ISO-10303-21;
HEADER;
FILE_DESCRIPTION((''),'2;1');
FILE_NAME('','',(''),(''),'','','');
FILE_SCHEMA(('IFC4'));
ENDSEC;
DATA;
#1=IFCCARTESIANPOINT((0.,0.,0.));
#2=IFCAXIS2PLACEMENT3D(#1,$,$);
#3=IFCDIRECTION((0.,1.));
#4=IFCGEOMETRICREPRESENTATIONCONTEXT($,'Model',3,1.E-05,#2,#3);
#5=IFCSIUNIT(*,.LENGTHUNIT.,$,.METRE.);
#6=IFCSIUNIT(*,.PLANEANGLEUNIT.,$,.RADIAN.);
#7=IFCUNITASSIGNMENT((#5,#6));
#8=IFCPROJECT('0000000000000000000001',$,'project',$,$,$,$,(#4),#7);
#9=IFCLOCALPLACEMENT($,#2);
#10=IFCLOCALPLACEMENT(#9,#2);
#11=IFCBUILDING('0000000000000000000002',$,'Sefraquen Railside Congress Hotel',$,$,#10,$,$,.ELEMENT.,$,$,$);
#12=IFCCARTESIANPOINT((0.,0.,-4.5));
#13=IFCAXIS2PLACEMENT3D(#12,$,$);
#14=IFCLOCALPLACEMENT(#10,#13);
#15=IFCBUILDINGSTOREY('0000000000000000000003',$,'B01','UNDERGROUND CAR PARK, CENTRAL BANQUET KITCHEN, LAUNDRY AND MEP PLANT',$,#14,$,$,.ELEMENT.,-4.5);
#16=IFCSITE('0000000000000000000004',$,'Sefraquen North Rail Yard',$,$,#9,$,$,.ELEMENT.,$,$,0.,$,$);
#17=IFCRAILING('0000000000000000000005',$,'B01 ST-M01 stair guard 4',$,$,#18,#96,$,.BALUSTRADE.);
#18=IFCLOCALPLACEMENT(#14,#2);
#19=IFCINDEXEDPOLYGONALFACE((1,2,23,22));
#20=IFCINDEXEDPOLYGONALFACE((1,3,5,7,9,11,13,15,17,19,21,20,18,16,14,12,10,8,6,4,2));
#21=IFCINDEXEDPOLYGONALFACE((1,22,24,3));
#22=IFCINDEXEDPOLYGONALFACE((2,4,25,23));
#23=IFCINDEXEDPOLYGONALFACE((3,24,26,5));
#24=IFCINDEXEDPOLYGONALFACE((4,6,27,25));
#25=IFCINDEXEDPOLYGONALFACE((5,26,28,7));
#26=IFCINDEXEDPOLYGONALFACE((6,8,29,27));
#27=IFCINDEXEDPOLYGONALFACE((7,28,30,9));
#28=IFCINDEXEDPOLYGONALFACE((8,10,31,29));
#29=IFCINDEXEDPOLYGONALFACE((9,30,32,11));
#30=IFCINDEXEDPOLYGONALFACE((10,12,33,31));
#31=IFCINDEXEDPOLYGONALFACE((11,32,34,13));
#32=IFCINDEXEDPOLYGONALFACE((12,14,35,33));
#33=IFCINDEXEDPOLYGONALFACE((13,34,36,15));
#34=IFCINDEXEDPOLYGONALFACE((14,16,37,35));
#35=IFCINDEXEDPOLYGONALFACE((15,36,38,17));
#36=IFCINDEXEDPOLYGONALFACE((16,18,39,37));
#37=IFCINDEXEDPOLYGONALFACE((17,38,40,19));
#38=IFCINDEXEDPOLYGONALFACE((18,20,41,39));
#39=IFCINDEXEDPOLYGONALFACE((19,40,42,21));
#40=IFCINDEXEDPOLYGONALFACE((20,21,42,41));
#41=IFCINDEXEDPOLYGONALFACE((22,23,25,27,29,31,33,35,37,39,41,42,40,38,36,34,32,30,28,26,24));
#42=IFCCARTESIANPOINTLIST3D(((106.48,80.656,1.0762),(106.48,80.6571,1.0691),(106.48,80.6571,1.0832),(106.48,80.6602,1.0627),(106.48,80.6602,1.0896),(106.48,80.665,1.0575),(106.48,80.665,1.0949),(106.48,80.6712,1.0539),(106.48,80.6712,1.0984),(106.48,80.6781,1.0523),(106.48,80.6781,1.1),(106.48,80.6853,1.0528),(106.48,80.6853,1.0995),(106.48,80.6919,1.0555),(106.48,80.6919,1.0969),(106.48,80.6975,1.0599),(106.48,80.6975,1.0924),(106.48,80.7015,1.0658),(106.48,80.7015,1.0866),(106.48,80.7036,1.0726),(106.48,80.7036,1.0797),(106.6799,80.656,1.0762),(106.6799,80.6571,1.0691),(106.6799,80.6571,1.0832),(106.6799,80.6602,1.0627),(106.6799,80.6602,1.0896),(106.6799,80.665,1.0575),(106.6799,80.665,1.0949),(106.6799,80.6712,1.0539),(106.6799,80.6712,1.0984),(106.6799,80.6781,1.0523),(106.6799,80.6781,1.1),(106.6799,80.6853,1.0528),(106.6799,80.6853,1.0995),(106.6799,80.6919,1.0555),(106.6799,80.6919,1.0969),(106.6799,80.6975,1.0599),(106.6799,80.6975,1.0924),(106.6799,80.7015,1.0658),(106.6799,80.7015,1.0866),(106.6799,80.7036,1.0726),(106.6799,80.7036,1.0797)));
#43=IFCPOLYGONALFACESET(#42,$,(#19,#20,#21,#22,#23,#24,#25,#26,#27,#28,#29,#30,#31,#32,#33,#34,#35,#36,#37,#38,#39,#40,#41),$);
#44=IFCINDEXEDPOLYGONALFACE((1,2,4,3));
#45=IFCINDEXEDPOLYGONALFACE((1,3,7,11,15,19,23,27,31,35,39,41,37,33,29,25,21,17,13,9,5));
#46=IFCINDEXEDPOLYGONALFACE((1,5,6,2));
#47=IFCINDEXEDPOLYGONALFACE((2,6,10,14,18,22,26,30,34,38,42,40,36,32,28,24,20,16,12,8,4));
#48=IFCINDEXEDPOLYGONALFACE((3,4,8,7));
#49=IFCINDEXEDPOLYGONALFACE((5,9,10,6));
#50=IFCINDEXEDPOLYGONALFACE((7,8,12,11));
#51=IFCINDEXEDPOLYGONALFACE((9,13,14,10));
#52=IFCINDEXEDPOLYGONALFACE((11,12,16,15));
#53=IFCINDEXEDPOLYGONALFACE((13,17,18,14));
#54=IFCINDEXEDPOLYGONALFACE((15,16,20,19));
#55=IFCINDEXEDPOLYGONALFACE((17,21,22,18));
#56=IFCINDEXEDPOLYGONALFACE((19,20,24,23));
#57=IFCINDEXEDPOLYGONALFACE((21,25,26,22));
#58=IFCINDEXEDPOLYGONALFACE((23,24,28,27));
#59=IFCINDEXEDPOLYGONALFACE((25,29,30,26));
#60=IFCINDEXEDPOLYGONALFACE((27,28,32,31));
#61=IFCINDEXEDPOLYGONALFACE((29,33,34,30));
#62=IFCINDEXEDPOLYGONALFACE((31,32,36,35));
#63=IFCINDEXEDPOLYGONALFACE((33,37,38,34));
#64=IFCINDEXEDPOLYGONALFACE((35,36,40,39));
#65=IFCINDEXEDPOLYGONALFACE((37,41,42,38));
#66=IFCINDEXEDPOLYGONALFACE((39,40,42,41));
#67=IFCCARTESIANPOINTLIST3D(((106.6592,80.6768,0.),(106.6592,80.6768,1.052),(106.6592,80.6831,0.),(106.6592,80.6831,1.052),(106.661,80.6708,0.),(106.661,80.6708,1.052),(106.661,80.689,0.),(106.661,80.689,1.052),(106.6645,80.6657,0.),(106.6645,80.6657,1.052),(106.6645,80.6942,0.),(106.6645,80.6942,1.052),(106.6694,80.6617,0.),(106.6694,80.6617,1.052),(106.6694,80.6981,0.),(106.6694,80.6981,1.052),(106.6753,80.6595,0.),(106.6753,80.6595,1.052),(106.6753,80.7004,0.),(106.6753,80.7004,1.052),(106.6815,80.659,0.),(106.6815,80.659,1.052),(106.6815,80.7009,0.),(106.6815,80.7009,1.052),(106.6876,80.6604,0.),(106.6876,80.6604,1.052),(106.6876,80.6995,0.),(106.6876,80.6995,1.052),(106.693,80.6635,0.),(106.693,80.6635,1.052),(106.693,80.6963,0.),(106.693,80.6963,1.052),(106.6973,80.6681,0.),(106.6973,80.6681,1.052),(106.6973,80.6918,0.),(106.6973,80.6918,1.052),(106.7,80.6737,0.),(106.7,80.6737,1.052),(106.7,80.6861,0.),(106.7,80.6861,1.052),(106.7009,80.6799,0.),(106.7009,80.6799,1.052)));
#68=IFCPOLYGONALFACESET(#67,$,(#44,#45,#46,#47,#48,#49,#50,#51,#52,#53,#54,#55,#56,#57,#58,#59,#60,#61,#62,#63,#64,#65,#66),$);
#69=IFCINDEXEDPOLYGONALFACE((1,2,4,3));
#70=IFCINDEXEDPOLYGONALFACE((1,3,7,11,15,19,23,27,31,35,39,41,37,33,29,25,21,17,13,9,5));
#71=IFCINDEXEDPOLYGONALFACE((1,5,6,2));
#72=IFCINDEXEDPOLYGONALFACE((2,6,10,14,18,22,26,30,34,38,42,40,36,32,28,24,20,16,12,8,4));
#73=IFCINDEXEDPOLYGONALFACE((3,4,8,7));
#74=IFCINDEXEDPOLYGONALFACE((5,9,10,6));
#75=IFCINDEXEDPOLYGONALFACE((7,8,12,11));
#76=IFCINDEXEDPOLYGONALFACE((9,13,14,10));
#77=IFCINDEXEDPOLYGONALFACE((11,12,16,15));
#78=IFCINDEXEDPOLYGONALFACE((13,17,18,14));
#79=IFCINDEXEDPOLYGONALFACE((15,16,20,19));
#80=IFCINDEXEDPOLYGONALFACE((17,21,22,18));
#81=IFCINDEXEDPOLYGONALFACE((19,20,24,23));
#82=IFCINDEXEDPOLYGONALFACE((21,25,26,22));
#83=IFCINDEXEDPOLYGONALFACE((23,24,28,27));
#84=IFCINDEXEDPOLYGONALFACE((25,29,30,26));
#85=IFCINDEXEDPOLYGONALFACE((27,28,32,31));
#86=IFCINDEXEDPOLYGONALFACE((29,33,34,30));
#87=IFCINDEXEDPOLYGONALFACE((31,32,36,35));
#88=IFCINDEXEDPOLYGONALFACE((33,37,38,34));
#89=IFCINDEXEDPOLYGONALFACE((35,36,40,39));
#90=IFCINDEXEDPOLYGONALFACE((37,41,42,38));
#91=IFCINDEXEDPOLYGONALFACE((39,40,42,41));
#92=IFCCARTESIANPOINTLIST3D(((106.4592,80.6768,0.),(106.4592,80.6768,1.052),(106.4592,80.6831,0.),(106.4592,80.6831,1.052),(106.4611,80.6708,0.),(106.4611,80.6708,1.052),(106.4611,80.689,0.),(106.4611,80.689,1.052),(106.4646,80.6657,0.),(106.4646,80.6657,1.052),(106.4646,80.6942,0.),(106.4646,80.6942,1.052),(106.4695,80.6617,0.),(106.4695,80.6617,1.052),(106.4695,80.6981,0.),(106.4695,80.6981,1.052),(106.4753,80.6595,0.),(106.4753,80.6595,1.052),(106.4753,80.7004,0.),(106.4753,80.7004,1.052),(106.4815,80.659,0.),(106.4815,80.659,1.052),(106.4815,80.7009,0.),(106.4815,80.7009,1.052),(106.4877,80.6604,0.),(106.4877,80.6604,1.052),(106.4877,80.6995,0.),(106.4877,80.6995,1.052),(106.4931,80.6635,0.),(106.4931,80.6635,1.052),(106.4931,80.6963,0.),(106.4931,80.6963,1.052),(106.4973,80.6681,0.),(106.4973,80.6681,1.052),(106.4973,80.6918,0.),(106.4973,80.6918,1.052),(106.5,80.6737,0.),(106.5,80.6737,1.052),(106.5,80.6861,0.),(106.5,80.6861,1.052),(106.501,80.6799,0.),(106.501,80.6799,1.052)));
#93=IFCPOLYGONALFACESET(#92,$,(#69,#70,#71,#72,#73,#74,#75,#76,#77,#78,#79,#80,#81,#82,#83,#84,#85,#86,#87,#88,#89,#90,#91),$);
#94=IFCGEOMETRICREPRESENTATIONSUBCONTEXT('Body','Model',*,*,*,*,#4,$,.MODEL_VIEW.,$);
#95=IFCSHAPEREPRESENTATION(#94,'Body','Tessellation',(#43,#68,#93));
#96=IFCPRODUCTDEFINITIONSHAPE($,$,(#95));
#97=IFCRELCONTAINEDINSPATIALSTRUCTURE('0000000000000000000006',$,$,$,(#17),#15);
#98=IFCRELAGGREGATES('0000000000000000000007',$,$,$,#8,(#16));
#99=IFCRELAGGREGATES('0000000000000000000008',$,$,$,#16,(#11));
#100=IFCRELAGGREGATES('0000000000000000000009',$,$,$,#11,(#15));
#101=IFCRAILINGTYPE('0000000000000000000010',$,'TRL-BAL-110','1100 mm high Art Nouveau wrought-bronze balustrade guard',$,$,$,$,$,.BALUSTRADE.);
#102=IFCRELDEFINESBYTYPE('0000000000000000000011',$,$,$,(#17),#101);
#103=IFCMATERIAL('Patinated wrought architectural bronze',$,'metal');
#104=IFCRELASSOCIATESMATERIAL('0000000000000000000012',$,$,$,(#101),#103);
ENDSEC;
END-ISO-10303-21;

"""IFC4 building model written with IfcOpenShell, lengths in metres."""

from ifc_helpers import new_model, si_unit, direction, frame, origin, origin_2d, place, context, subcontext, project, spatial, circle, extrude, material, type_object, element, save


model = new_model("IFC4")

# Units and contexts
model_context = context("Model", 3, precision=1e-05, world=origin(), true_north=direction((0.0, 1.0)))
body_context = subcontext(model_context, "Body", "Model", "MODEL_VIEW")
ifc_project = project(units=[si_unit("LENGTHUNIT", "METRE"), si_unit("PLANEANGLEUNIT", "RADIAN")], contexts=[model_context])

# Site, building, storey
site_placement = place(None, origin())
site = spatial("IfcSite", under=ifc_project, at=site_placement, Name="Sefraquen North Rail Yard", CompositionType="ELEMENT", RefElevation=0.0)
building_placement = place(site_placement, origin())
building = spatial("IfcBuilding", under=site, at=building_placement, Name="Sefraquen Railside Congress Hotel", CompositionType="ELEMENT")
storey_placement = place(building_placement, frame((0.0, 0.0, -4.5)))
storey = spatial("IfcBuildingStorey", under=building, at=storey_placement, Name="B01", Description="UNDERGROUND CAR PARK, CENTRAL BANQUET KITCHEN, LAUNDRY AND MEP PLANT", CompositionType="ELEMENT", Elevation=-4.5)

# Railing
ifc_material_1 = material(Name="Patinated wrought architectural bronze", Category="metal")
railing_type_1 = type_object("IfcRailingType", Name="TRL-BAL-110", Description="1100 mm high Art Nouveau wrought-bronze balustrade guard", PredefinedType="BALUSTRADE", material=ifc_material_1)
railing_1_placement = place(storey_placement, frame((106.6799, 80.6799, 0.0)))
element("IfcRailing", 1, at=railing_1_placement, inside=storey, type_object=railing_type_1, Name="B01 ST-M01 stair guard 4", PredefinedType="BALUSTRADE", context=body_context, shape_type="SweptSolid", body=[
    extrude(circle(Radius=0.0239, at=origin_2d()), frame((0.0, 0.0, 1.0762), z_axis=(-1.0, 0.0, 0.0), x_axis=(0.0, -1.0, 0.0)), (0.0, 0.0, 1.0), 0.2),
    extrude(circle(Radius=0.021, at=origin_2d()), origin(), (0.0, 0.0, 1.0), 1.052),
    extrude(circle(Radius=0.021, at=origin_2d()), frame((-0.2, 0.0, 0.0)), (0.0, 0.0, 1.0), 1.052),
])

save(model, "model.ifc")
